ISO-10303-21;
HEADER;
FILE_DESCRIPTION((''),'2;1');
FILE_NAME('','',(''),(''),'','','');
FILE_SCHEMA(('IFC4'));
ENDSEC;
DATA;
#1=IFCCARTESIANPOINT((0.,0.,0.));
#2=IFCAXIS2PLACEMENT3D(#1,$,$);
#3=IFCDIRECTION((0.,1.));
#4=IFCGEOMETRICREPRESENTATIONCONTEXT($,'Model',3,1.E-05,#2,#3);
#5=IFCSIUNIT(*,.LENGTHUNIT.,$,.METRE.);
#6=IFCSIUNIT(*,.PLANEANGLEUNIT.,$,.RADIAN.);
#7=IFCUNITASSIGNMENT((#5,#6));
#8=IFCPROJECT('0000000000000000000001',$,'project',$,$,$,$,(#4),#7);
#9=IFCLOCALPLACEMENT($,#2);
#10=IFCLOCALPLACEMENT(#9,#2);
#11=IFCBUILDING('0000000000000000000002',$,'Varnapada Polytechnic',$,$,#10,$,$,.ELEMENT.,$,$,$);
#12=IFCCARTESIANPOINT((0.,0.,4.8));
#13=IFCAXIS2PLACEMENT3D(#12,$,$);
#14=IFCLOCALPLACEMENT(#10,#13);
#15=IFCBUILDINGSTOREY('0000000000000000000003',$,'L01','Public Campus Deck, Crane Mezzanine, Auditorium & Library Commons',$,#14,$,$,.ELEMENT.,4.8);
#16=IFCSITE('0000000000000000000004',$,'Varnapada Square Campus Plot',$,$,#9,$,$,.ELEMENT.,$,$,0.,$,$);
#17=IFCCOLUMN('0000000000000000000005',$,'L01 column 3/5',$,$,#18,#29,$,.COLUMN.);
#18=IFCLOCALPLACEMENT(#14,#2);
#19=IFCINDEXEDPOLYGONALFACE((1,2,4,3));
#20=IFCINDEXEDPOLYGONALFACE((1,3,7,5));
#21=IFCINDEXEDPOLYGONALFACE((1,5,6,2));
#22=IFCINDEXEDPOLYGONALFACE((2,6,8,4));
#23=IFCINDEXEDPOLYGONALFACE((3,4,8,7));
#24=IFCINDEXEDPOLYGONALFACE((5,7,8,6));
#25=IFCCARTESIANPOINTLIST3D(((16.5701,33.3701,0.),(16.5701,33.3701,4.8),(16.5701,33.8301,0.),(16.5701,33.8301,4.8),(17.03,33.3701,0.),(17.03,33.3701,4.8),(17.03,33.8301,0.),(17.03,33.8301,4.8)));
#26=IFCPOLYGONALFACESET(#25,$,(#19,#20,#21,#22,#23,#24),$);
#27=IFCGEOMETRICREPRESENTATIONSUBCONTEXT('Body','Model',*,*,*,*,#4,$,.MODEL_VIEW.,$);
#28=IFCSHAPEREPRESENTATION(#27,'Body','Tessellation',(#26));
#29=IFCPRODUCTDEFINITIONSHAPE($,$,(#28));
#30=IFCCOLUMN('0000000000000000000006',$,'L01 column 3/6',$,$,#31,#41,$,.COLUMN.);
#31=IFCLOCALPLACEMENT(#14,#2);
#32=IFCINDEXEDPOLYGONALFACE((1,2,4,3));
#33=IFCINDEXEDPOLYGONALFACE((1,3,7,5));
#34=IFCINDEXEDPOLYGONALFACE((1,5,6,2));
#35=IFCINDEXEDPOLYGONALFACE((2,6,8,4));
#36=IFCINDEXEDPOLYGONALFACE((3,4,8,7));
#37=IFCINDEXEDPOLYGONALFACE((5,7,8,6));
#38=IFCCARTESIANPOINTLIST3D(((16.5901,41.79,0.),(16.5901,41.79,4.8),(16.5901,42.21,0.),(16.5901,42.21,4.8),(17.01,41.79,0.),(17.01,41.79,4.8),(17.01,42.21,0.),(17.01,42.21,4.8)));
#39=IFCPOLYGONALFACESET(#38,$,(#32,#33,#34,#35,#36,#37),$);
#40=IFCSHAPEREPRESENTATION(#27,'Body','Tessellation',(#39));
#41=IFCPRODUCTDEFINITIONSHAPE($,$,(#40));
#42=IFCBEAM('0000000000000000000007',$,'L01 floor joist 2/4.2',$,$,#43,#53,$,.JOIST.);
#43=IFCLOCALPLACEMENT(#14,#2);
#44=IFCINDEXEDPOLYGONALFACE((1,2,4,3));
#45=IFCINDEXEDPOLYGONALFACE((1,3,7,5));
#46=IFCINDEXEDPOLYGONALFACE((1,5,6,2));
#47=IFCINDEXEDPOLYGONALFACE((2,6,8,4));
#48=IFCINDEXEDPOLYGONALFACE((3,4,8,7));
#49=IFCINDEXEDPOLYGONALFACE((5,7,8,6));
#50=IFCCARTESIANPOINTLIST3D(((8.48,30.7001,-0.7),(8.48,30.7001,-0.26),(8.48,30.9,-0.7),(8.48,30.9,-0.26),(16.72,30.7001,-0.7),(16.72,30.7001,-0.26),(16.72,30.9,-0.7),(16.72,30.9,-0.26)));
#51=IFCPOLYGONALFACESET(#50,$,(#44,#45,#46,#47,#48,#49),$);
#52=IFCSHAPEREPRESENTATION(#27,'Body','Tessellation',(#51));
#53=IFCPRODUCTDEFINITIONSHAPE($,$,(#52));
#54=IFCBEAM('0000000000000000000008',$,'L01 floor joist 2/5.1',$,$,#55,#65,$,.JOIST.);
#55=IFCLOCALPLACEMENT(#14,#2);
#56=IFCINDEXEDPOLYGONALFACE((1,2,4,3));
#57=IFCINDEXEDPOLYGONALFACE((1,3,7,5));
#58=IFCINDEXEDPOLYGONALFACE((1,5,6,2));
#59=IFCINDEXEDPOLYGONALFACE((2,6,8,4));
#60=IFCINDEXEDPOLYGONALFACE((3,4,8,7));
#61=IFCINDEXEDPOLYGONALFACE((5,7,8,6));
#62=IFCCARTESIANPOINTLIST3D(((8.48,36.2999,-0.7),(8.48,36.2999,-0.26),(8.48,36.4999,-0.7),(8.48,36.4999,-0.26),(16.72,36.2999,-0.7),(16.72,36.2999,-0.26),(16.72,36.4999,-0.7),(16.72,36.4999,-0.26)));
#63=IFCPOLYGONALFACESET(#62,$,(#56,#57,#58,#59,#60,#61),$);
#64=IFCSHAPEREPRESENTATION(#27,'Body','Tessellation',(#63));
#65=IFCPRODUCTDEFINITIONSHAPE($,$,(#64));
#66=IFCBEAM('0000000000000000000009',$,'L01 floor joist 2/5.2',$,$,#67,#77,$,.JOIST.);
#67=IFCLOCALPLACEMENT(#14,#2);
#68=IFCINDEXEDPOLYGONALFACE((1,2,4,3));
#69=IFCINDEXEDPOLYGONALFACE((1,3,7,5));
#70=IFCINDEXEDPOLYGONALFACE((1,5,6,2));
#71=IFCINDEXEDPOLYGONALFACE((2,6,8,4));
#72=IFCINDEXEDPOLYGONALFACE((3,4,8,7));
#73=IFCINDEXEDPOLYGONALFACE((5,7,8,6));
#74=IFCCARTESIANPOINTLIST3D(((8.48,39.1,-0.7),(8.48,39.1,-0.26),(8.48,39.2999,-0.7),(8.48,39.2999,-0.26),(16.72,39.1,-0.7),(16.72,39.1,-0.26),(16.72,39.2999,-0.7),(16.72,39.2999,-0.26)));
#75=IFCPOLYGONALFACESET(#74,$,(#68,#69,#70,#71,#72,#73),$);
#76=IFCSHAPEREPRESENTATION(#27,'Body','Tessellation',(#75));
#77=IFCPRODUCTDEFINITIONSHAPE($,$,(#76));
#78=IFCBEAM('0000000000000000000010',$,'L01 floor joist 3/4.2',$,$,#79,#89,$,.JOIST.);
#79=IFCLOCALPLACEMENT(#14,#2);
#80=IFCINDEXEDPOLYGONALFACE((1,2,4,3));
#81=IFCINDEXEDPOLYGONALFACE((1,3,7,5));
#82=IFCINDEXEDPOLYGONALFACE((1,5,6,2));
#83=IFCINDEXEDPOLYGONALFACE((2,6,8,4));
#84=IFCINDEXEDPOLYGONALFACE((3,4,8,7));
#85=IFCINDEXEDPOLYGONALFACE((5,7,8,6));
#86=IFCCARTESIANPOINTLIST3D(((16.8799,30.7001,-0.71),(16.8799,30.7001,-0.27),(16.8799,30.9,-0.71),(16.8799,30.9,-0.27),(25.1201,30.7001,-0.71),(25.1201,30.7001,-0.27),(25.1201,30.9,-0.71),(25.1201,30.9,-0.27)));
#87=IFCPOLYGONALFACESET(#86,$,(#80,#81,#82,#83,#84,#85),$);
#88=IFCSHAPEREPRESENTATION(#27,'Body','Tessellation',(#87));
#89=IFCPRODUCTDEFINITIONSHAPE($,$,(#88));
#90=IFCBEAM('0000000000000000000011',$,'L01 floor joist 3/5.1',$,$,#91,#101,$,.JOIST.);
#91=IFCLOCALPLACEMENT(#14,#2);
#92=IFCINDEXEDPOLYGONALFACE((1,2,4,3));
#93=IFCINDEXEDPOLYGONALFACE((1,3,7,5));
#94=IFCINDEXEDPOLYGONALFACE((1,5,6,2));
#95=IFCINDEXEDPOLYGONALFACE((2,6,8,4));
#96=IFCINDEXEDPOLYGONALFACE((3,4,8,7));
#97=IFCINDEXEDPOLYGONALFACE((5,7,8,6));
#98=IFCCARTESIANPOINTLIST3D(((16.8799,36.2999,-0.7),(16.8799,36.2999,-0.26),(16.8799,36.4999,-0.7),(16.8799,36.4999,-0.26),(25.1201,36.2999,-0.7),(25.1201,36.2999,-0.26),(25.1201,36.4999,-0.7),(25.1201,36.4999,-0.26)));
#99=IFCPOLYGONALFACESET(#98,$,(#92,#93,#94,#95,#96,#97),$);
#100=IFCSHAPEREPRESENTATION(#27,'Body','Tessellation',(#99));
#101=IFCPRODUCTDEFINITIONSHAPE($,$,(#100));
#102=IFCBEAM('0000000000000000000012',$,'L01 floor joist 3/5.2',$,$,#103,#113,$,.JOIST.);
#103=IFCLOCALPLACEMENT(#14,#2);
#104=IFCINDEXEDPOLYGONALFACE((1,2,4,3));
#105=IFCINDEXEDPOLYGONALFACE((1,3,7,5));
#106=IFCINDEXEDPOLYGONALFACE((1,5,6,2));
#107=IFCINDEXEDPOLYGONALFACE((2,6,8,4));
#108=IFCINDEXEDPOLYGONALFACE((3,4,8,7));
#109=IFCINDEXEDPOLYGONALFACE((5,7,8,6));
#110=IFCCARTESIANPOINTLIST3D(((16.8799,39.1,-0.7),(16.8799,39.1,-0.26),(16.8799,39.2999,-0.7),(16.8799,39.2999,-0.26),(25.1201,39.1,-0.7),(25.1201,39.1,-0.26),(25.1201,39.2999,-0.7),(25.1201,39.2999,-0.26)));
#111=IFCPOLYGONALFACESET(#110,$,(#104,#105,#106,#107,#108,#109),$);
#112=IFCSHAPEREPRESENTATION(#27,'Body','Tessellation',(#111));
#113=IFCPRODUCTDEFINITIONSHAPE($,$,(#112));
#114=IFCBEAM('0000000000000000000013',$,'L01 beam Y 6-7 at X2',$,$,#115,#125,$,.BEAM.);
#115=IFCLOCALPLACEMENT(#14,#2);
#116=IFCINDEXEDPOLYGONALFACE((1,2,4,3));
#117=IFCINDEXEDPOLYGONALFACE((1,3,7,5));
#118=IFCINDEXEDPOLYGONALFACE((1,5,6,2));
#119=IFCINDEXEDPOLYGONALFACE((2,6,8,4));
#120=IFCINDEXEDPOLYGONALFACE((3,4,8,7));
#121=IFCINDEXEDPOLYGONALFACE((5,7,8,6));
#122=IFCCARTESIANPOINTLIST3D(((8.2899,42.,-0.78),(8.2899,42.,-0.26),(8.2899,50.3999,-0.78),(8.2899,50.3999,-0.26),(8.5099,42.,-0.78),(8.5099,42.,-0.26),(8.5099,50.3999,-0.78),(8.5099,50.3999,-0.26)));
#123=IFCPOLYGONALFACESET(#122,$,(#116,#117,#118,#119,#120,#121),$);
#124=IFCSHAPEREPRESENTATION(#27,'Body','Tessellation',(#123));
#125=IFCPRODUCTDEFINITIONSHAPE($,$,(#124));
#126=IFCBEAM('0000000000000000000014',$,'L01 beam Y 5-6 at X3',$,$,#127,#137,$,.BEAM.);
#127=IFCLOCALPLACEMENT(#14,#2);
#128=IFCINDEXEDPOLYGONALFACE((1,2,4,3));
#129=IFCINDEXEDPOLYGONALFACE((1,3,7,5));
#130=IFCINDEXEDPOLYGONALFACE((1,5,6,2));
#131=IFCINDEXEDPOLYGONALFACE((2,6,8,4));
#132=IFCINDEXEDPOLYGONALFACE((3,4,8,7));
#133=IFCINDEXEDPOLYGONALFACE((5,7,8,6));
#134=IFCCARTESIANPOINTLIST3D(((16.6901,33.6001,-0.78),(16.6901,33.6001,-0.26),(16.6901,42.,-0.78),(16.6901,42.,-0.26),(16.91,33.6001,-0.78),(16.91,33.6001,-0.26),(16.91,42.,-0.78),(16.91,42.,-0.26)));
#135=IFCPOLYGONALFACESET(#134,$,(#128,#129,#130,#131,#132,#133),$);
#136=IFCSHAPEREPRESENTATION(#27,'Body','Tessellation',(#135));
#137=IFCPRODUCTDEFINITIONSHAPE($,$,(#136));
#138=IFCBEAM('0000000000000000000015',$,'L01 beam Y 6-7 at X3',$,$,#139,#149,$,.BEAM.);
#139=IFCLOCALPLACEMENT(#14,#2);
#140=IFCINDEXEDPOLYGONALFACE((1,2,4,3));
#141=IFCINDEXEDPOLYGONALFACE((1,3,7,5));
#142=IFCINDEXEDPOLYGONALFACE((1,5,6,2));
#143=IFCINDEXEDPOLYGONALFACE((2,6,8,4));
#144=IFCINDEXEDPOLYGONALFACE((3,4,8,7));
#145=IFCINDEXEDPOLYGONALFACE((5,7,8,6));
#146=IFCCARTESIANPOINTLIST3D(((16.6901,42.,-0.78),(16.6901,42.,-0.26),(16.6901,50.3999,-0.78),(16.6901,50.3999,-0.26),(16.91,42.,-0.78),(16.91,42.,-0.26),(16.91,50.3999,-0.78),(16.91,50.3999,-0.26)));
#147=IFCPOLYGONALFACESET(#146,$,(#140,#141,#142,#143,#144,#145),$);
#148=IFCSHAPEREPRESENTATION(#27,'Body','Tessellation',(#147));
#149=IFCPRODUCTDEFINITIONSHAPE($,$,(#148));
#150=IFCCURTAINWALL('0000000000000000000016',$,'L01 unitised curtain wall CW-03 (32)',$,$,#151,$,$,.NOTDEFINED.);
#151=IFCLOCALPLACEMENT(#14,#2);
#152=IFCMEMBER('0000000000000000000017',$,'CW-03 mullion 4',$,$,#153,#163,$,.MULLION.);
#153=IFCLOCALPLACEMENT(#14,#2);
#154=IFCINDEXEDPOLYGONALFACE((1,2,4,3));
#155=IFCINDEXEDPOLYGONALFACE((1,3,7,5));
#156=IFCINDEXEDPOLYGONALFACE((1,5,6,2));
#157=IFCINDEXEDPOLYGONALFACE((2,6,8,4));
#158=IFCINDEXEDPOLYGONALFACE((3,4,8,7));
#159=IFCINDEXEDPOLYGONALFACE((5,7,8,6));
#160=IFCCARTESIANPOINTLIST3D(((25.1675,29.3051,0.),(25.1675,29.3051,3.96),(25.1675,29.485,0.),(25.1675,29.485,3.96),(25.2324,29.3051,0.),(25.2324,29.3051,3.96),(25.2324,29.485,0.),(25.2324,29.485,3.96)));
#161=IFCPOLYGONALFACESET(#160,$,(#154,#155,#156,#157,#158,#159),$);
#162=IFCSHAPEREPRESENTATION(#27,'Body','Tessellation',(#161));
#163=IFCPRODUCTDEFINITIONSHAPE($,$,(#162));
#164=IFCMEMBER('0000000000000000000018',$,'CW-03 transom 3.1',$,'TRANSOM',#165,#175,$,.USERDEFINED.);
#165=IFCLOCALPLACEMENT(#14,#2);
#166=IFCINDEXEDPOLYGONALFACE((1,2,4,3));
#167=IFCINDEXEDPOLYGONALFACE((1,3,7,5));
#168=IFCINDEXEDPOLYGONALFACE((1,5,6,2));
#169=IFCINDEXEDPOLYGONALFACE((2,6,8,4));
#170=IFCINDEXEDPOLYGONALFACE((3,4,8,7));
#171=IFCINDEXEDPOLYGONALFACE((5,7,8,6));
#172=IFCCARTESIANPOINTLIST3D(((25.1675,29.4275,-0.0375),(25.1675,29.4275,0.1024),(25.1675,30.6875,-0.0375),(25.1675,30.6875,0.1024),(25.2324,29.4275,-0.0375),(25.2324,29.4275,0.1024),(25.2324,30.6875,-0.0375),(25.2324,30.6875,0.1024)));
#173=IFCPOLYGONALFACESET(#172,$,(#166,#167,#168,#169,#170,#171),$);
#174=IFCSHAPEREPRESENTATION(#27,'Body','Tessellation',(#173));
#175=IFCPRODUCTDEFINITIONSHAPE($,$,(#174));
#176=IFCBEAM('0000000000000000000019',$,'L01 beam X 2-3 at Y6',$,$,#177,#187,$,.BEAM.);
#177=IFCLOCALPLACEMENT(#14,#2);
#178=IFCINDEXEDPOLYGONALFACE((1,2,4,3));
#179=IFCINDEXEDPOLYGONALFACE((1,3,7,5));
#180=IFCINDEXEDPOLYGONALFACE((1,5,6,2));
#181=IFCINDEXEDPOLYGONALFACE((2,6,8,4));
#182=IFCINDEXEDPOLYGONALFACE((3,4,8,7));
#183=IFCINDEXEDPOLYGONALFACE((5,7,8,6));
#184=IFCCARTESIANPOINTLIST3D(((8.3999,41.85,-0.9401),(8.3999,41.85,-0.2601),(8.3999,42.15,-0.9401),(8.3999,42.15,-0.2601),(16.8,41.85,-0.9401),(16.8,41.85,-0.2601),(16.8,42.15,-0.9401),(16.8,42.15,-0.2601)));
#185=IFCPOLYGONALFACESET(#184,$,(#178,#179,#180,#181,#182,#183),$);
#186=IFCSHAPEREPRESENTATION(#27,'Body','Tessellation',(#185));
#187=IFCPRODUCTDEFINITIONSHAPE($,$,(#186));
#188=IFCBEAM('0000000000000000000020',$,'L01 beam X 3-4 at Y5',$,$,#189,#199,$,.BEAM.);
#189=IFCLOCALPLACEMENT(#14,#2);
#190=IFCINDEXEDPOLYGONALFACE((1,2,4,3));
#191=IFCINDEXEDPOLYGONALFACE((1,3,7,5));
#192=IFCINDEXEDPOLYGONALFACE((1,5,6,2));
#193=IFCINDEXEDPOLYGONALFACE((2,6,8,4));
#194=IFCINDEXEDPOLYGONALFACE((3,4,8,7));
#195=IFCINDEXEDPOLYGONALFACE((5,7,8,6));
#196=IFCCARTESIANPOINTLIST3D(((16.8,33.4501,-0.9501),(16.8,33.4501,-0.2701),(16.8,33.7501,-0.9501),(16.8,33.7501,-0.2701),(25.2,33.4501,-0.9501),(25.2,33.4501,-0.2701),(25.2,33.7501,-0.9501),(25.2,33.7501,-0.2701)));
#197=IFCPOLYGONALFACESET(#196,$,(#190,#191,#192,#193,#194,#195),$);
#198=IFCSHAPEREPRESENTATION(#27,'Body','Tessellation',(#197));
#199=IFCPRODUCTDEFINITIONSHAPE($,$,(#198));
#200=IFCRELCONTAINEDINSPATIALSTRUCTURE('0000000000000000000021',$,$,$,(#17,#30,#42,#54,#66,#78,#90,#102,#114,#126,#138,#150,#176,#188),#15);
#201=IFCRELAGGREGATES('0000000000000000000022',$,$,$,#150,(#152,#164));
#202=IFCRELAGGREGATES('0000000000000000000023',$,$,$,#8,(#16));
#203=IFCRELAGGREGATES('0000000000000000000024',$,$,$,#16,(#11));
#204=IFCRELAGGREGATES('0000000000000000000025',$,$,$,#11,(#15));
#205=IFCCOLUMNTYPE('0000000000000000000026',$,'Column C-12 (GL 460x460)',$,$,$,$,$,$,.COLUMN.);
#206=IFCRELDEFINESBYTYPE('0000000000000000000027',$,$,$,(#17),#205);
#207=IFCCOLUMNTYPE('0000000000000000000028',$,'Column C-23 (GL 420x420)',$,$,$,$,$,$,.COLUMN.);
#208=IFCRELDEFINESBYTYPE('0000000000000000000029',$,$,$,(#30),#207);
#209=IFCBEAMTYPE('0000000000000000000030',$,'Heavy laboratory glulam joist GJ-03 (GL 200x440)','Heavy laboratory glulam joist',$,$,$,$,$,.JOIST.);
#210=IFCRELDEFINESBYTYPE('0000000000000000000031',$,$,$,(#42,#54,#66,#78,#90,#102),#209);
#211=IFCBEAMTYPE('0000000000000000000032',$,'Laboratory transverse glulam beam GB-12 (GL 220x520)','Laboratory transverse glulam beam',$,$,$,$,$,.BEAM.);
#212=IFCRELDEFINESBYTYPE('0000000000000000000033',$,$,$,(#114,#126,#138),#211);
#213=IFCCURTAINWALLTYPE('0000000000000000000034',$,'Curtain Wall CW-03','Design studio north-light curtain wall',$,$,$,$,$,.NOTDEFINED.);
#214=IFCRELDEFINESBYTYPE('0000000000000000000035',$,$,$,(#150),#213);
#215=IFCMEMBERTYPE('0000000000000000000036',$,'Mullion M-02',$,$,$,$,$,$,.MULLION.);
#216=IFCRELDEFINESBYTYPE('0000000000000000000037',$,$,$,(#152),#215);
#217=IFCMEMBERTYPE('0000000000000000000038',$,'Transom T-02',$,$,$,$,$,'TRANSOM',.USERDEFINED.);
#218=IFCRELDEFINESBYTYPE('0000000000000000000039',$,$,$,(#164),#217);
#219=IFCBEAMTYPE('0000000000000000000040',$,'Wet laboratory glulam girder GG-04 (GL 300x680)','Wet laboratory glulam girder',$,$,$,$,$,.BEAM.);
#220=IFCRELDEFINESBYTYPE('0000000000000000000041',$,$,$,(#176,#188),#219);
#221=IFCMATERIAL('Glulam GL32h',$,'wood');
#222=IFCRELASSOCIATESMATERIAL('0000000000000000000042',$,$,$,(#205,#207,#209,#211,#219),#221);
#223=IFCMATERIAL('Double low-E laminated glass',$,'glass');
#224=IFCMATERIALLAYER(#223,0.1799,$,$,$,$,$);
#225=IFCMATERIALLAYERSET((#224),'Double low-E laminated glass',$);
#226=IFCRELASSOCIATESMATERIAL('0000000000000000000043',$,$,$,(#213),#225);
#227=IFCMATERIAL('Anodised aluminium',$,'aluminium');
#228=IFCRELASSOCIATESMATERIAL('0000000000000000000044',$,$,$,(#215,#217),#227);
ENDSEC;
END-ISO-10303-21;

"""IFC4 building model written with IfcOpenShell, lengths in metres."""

from ifc_helpers import new_model, si_unit, direction, frame, origin, origin_2d, place, context, subcontext, project, spatial, rectangle, extrude, material, layer, layer_set, material_profile, profile_set, type_object, element, aggregate, save


model = new_model("IFC4")

# Units and contexts
model_context = context("Model", 3, precision=1e-05, world=origin(), true_north=direction((0.0, 1.0)))
body_context = subcontext(model_context, "Body", "Model", "MODEL_VIEW")
ifc_project = project(units=[si_unit("LENGTHUNIT", "METRE"), si_unit("PLANEANGLEUNIT", "RADIAN")], contexts=[model_context])

# Site, building, storey
site_placement = place(None, origin())
site = spatial("IfcSite", under=ifc_project, at=site_placement, Name="Varnapada Square Campus Plot", CompositionType="ELEMENT", RefElevation=0.0)
building_placement = place(site_placement, origin())
building = spatial("IfcBuilding", under=site, at=building_placement, Name="Varnapada Polytechnic", CompositionType="ELEMENT")
storey_placement = place(building_placement, frame((0.0, 0.0, 4.8)))
storey = spatial("IfcBuildingStorey", under=building, at=storey_placement, Name="L01", Description="Public Campus Deck, Crane Mezzanine, Auditorium & Library Commons", CompositionType="ELEMENT", Elevation=4.8)

# Columns
ifc_material_1 = material(Name="Glulam GL32h", Category="wood")
ifc_material_profile_1 = material_profile(ifc_material_1, rectangle(XDim=0.46, YDim=0.46, at=origin_2d()), Name="GL 460x460")
ifc_profile_set_1 = profile_set([ifc_material_profile_1], Name="Glulam GL32h")
column_type_1 = type_object("IfcColumnType", Name="Column C-12 (GL 460x460)", PredefinedType="COLUMN", material=ifc_profile_set_1)
column_1_placement = place(storey_placement, frame((16.8, 33.6001, 0.0), z_axis=(0.0, 0.0, 1.0), x_axis=(1.0, 0.0, 0.0)))
element("IfcColumn", 1, at=column_1_placement, inside=storey, type_object=column_type_1, Name="L01 column 3/5", PredefinedType="COLUMN", context=body_context, shape_type="SweptSolid", body=[
    extrude(rectangle(XDim=0.46, YDim=0.46, at=origin_2d()), origin(), (0.0, 0.0, 1.0), 4.8),
])
ifc_material_profile_2 = material_profile(ifc_material_1, rectangle(XDim=0.4199, YDim=0.4199, at=origin_2d()), Name="GL 420x420")
ifc_profile_set_2 = profile_set([ifc_material_profile_2], Name="Glulam GL32h")
column_type_2 = type_object("IfcColumnType", Name="Column C-23 (GL 420x420)", PredefinedType="COLUMN", material=ifc_profile_set_2)
column_2_placement = place(storey_placement, frame((16.8, 42.0, 0.0), z_axis=(0.0, 0.0, 1.0), x_axis=(1.0, 0.0, 0.0)))
element("IfcColumn", 2, at=column_2_placement, inside=storey, type_object=column_type_2, Name="L01 column 3/6", PredefinedType="COLUMN", context=body_context, shape_type="SweptSolid", body=[
    extrude(rectangle(XDim=0.4199, YDim=0.4199, at=origin_2d()), origin(), (0.0, 0.0, 1.0), 4.8),
])

# Beams
ifc_material_profile_3 = material_profile(ifc_material_1, rectangle(XDim=0.2, YDim=0.4399, at=origin_2d()), Name="GL 200x440")
ifc_profile_set_3 = profile_set([ifc_material_profile_3], Name="Glulam GL32h")
beam_type_1 = type_object("IfcBeamType", Name="Heavy laboratory glulam joist GJ-03 (GL 200x440)", Description="Heavy laboratory glulam joist", PredefinedType="JOIST", material=ifc_profile_set_3)
for number, where, z_axis, x_axis, name in (
    (3, (8.48, 30.8, -0.48), (1.0, 0.0, 0.0), (0.0, 1.0, 0.0), "L01 floor joist 2/4.2"),
    (4, (8.48, 36.3999, -0.48), (1.0, 0.0, 0.0), (0.0, 1.0, 0.0), "L01 floor joist 2/5.1"),
    (5, (8.48, 39.2, -0.48), (1.0, 0.0, 0.0), (0.0, 1.0, 0.0), "L01 floor joist 2/5.2"),
):
    element("IfcBeam", number, at=place(storey_placement, frame(where, z_axis=z_axis, x_axis=x_axis)), inside=storey, type_object=beam_type_1, Name=name, PredefinedType="JOIST", context=body_context, shape_type="SweptSolid", body=[
        extrude(rectangle(XDim=0.2, YDim=0.4399, at=origin_2d()), origin(), (0.0, 0.0, 1.0), 8.24),
    ])
for number, where, z_axis, x_axis, name in (
    (6, (16.8799, 30.8, -0.49), (1.0, 0.0, 0.0), (0.0, 1.0, 0.0), "L01 floor joist 3/4.2"),
    (7, (16.8799, 36.3999, -0.48), (1.0, 0.0, 0.0), (0.0, 1.0, 0.0), "L01 floor joist 3/5.1"),
    (8, (16.8799, 39.2, -0.48), (1.0, 0.0, 0.0), (0.0, 1.0, 0.0), "L01 floor joist 3/5.2"),
):
    element("IfcBeam", number, at=place(storey_placement, frame(where, z_axis=z_axis, x_axis=x_axis)), inside=storey, type_object=beam_type_1, Name=name, PredefinedType="JOIST", context=body_context, shape_type="SweptSolid", body=[
        extrude(rectangle(XDim=0.2, YDim=0.4399, at=origin_2d()), origin(), (0.0, 0.0, 1.0), 8.2402),
    ])
ifc_material_profile_4 = material_profile(ifc_material_1, rectangle(XDim=0.22, YDim=0.52, at=origin_2d()), Name="GL 220x520")
ifc_profile_set_4 = profile_set([ifc_material_profile_4], Name="Glulam GL32h")
beam_type_2 = type_object("IfcBeamType", Name="Laboratory transverse glulam beam GB-12 (GL 220x520)", Description="Laboratory transverse glulam beam", PredefinedType="BEAM", material=ifc_profile_set_4)
for number, where, z_axis, x_axis, name in (
    (9, (8.3999, 42.0, -0.52), (0.0, 1.0, 0.0), (-1.0, 0.0, 0.0), "L01 beam Y 6-7 at X2"),
    (10, (16.8, 33.6001, -0.52), (0.0, 1.0, 0.0), (-1.0, 0.0, 0.0), "L01 beam Y 5-6 at X3"),
    (11, (16.8, 42.0, -0.52), (0.0, 1.0, 0.0), (-1.0, 0.0, 0.0), "L01 beam Y 6-7 at X3"),
):
    element("IfcBeam", number, at=place(storey_placement, frame(where, z_axis=z_axis, x_axis=x_axis)), inside=storey, type_object=beam_type_2, Name=name, PredefinedType="BEAM", context=body_context, shape_type="SweptSolid", body=[
        extrude(rectangle(XDim=0.22, YDim=0.52, at=origin_2d()), origin(), (0.0, 0.0, 1.0), 8.3999),
    ])

# Curtain wall, members
ifc_material_2 = material(Name="Double low-E laminated glass", Category="glass")
ifc_layer_1 = layer(ifc_material_2, 0.1799)
ifc_layer_set_1 = layer_set([ifc_layer_1], Name="Double low-E laminated glass")
curtain_wall_type = type_object("IfcCurtainWallType", Name="Curtain Wall CW-03", Description="Design studio north-light curtain wall", PredefinedType="NOTDEFINED", material=ifc_layer_set_1)
curtain_wall_placement = place(storey_placement, origin())
curtain_wall = element("IfcCurtainWall", 12, at=curtain_wall_placement, inside=storey, type_object=curtain_wall_type, Name="L01 unitised curtain wall CW-03 (32)", PredefinedType="NOTDEFINED")
ifc_material_3 = material(Name="Anodised aluminium", Category="aluminium")
ifc_material_profile_5 = material_profile(ifc_material_3, rectangle(XDim=0.0649, YDim=0.1799, at=origin_2d()), Name="ALU M65x180")
ifc_profile_set_5 = profile_set([ifc_material_profile_5], Name="Anodised aluminium")
member_type_1 = type_object("IfcMemberType", Name="Mullion M-02", PredefinedType="MULLION", material=ifc_profile_set_5)
member_1_placement = place(storey_placement, frame((25.2, 29.395, 0.0), z_axis=(0.0, 0.0, 1.0), x_axis=(1.0, 0.0, 0.0)))
member_1 = element("IfcMember", 13, at=member_1_placement, type_object=member_type_1, Name="CW-03 mullion 4", PredefinedType="MULLION", context=body_context, shape_type="SweptSolid", body=[
    extrude(rectangle(XDim=0.0649, YDim=0.1799, at=origin_2d()), origin(), (0.0, 0.0, 1.0), 3.96),
])
ifc_material_profile_6 = material_profile(ifc_material_3, rectangle(XDim=0.0649, YDim=0.1399, at=origin_2d()), Name="ALU T65x140")
ifc_profile_set_6 = profile_set([ifc_material_profile_6], Name="Anodised aluminium")
member_type_2 = type_object("IfcMemberType", Name="Transom T-02", ElementType="TRANSOM", PredefinedType="USERDEFINED", material=ifc_profile_set_6)
member_2_placement = place(storey_placement, frame((25.2, 30.6875, 0.0325), z_axis=(0.0, -1.0, 0.0), x_axis=(1.0, 0.0, 0.0)))
member_2 = element("IfcMember", 14, at=member_2_placement, type_object=member_type_2, Name="CW-03 transom 3.1", ObjectType="TRANSOM", PredefinedType="USERDEFINED", context=body_context, shape_type="SweptSolid", body=[
    extrude(rectangle(XDim=0.0649, YDim=0.1399, at=origin_2d()), origin(), (0.0, 0.0, 1.0), 1.26),
])

# Beams
ifc_material_profile_7 = material_profile(ifc_material_1, rectangle(XDim=0.3, YDim=0.6799, at=origin_2d()), Name="GL 300x680")
ifc_profile_set_7 = profile_set([ifc_material_profile_7], Name="Glulam GL32h")
beam_type_3 = type_object("IfcBeamType", Name="Wet laboratory glulam girder GG-04 (GL 300x680)", Description="Wet laboratory glulam girder", PredefinedType="BEAM", material=ifc_profile_set_7)
beam_placement = place(storey_placement, frame((8.3999, 42.0, -0.6001), z_axis=(1.0, 0.0, 0.0), x_axis=(0.0, 1.0, 0.0)))
element("IfcBeam", 15, at=beam_placement, inside=storey, type_object=beam_type_3, Name="L01 beam X 2-3 at Y6", PredefinedType="BEAM", context=body_context, shape_type="SweptSolid", body=[
    extrude(rectangle(XDim=0.3, YDim=0.6799, at=origin_2d()), origin(), (0.0, 0.0, 1.0), 8.4001),
])
for number, where, z_axis, x_axis, name in (
    (16, (16.8, 33.6001, -0.6101), (1.0, 0.0, 0.0), (0.0, 1.0, 0.0), "L01 beam X 3-4 at Y5"),
):
    element("IfcBeam", number, at=place(storey_placement, frame(where, z_axis=z_axis, x_axis=x_axis)), inside=storey, type_object=beam_type_3, Name=name, PredefinedType="BEAM", context=body_context, shape_type="SweptSolid", body=[
        extrude(rectangle(XDim=0.3, YDim=0.6799, at=origin_2d()), origin(), (0.0, 0.0, 1.0), 8.3999),
    ])

aggregate(curtain_wall, [member_1, member_2])

save(model, "model.ifc")
